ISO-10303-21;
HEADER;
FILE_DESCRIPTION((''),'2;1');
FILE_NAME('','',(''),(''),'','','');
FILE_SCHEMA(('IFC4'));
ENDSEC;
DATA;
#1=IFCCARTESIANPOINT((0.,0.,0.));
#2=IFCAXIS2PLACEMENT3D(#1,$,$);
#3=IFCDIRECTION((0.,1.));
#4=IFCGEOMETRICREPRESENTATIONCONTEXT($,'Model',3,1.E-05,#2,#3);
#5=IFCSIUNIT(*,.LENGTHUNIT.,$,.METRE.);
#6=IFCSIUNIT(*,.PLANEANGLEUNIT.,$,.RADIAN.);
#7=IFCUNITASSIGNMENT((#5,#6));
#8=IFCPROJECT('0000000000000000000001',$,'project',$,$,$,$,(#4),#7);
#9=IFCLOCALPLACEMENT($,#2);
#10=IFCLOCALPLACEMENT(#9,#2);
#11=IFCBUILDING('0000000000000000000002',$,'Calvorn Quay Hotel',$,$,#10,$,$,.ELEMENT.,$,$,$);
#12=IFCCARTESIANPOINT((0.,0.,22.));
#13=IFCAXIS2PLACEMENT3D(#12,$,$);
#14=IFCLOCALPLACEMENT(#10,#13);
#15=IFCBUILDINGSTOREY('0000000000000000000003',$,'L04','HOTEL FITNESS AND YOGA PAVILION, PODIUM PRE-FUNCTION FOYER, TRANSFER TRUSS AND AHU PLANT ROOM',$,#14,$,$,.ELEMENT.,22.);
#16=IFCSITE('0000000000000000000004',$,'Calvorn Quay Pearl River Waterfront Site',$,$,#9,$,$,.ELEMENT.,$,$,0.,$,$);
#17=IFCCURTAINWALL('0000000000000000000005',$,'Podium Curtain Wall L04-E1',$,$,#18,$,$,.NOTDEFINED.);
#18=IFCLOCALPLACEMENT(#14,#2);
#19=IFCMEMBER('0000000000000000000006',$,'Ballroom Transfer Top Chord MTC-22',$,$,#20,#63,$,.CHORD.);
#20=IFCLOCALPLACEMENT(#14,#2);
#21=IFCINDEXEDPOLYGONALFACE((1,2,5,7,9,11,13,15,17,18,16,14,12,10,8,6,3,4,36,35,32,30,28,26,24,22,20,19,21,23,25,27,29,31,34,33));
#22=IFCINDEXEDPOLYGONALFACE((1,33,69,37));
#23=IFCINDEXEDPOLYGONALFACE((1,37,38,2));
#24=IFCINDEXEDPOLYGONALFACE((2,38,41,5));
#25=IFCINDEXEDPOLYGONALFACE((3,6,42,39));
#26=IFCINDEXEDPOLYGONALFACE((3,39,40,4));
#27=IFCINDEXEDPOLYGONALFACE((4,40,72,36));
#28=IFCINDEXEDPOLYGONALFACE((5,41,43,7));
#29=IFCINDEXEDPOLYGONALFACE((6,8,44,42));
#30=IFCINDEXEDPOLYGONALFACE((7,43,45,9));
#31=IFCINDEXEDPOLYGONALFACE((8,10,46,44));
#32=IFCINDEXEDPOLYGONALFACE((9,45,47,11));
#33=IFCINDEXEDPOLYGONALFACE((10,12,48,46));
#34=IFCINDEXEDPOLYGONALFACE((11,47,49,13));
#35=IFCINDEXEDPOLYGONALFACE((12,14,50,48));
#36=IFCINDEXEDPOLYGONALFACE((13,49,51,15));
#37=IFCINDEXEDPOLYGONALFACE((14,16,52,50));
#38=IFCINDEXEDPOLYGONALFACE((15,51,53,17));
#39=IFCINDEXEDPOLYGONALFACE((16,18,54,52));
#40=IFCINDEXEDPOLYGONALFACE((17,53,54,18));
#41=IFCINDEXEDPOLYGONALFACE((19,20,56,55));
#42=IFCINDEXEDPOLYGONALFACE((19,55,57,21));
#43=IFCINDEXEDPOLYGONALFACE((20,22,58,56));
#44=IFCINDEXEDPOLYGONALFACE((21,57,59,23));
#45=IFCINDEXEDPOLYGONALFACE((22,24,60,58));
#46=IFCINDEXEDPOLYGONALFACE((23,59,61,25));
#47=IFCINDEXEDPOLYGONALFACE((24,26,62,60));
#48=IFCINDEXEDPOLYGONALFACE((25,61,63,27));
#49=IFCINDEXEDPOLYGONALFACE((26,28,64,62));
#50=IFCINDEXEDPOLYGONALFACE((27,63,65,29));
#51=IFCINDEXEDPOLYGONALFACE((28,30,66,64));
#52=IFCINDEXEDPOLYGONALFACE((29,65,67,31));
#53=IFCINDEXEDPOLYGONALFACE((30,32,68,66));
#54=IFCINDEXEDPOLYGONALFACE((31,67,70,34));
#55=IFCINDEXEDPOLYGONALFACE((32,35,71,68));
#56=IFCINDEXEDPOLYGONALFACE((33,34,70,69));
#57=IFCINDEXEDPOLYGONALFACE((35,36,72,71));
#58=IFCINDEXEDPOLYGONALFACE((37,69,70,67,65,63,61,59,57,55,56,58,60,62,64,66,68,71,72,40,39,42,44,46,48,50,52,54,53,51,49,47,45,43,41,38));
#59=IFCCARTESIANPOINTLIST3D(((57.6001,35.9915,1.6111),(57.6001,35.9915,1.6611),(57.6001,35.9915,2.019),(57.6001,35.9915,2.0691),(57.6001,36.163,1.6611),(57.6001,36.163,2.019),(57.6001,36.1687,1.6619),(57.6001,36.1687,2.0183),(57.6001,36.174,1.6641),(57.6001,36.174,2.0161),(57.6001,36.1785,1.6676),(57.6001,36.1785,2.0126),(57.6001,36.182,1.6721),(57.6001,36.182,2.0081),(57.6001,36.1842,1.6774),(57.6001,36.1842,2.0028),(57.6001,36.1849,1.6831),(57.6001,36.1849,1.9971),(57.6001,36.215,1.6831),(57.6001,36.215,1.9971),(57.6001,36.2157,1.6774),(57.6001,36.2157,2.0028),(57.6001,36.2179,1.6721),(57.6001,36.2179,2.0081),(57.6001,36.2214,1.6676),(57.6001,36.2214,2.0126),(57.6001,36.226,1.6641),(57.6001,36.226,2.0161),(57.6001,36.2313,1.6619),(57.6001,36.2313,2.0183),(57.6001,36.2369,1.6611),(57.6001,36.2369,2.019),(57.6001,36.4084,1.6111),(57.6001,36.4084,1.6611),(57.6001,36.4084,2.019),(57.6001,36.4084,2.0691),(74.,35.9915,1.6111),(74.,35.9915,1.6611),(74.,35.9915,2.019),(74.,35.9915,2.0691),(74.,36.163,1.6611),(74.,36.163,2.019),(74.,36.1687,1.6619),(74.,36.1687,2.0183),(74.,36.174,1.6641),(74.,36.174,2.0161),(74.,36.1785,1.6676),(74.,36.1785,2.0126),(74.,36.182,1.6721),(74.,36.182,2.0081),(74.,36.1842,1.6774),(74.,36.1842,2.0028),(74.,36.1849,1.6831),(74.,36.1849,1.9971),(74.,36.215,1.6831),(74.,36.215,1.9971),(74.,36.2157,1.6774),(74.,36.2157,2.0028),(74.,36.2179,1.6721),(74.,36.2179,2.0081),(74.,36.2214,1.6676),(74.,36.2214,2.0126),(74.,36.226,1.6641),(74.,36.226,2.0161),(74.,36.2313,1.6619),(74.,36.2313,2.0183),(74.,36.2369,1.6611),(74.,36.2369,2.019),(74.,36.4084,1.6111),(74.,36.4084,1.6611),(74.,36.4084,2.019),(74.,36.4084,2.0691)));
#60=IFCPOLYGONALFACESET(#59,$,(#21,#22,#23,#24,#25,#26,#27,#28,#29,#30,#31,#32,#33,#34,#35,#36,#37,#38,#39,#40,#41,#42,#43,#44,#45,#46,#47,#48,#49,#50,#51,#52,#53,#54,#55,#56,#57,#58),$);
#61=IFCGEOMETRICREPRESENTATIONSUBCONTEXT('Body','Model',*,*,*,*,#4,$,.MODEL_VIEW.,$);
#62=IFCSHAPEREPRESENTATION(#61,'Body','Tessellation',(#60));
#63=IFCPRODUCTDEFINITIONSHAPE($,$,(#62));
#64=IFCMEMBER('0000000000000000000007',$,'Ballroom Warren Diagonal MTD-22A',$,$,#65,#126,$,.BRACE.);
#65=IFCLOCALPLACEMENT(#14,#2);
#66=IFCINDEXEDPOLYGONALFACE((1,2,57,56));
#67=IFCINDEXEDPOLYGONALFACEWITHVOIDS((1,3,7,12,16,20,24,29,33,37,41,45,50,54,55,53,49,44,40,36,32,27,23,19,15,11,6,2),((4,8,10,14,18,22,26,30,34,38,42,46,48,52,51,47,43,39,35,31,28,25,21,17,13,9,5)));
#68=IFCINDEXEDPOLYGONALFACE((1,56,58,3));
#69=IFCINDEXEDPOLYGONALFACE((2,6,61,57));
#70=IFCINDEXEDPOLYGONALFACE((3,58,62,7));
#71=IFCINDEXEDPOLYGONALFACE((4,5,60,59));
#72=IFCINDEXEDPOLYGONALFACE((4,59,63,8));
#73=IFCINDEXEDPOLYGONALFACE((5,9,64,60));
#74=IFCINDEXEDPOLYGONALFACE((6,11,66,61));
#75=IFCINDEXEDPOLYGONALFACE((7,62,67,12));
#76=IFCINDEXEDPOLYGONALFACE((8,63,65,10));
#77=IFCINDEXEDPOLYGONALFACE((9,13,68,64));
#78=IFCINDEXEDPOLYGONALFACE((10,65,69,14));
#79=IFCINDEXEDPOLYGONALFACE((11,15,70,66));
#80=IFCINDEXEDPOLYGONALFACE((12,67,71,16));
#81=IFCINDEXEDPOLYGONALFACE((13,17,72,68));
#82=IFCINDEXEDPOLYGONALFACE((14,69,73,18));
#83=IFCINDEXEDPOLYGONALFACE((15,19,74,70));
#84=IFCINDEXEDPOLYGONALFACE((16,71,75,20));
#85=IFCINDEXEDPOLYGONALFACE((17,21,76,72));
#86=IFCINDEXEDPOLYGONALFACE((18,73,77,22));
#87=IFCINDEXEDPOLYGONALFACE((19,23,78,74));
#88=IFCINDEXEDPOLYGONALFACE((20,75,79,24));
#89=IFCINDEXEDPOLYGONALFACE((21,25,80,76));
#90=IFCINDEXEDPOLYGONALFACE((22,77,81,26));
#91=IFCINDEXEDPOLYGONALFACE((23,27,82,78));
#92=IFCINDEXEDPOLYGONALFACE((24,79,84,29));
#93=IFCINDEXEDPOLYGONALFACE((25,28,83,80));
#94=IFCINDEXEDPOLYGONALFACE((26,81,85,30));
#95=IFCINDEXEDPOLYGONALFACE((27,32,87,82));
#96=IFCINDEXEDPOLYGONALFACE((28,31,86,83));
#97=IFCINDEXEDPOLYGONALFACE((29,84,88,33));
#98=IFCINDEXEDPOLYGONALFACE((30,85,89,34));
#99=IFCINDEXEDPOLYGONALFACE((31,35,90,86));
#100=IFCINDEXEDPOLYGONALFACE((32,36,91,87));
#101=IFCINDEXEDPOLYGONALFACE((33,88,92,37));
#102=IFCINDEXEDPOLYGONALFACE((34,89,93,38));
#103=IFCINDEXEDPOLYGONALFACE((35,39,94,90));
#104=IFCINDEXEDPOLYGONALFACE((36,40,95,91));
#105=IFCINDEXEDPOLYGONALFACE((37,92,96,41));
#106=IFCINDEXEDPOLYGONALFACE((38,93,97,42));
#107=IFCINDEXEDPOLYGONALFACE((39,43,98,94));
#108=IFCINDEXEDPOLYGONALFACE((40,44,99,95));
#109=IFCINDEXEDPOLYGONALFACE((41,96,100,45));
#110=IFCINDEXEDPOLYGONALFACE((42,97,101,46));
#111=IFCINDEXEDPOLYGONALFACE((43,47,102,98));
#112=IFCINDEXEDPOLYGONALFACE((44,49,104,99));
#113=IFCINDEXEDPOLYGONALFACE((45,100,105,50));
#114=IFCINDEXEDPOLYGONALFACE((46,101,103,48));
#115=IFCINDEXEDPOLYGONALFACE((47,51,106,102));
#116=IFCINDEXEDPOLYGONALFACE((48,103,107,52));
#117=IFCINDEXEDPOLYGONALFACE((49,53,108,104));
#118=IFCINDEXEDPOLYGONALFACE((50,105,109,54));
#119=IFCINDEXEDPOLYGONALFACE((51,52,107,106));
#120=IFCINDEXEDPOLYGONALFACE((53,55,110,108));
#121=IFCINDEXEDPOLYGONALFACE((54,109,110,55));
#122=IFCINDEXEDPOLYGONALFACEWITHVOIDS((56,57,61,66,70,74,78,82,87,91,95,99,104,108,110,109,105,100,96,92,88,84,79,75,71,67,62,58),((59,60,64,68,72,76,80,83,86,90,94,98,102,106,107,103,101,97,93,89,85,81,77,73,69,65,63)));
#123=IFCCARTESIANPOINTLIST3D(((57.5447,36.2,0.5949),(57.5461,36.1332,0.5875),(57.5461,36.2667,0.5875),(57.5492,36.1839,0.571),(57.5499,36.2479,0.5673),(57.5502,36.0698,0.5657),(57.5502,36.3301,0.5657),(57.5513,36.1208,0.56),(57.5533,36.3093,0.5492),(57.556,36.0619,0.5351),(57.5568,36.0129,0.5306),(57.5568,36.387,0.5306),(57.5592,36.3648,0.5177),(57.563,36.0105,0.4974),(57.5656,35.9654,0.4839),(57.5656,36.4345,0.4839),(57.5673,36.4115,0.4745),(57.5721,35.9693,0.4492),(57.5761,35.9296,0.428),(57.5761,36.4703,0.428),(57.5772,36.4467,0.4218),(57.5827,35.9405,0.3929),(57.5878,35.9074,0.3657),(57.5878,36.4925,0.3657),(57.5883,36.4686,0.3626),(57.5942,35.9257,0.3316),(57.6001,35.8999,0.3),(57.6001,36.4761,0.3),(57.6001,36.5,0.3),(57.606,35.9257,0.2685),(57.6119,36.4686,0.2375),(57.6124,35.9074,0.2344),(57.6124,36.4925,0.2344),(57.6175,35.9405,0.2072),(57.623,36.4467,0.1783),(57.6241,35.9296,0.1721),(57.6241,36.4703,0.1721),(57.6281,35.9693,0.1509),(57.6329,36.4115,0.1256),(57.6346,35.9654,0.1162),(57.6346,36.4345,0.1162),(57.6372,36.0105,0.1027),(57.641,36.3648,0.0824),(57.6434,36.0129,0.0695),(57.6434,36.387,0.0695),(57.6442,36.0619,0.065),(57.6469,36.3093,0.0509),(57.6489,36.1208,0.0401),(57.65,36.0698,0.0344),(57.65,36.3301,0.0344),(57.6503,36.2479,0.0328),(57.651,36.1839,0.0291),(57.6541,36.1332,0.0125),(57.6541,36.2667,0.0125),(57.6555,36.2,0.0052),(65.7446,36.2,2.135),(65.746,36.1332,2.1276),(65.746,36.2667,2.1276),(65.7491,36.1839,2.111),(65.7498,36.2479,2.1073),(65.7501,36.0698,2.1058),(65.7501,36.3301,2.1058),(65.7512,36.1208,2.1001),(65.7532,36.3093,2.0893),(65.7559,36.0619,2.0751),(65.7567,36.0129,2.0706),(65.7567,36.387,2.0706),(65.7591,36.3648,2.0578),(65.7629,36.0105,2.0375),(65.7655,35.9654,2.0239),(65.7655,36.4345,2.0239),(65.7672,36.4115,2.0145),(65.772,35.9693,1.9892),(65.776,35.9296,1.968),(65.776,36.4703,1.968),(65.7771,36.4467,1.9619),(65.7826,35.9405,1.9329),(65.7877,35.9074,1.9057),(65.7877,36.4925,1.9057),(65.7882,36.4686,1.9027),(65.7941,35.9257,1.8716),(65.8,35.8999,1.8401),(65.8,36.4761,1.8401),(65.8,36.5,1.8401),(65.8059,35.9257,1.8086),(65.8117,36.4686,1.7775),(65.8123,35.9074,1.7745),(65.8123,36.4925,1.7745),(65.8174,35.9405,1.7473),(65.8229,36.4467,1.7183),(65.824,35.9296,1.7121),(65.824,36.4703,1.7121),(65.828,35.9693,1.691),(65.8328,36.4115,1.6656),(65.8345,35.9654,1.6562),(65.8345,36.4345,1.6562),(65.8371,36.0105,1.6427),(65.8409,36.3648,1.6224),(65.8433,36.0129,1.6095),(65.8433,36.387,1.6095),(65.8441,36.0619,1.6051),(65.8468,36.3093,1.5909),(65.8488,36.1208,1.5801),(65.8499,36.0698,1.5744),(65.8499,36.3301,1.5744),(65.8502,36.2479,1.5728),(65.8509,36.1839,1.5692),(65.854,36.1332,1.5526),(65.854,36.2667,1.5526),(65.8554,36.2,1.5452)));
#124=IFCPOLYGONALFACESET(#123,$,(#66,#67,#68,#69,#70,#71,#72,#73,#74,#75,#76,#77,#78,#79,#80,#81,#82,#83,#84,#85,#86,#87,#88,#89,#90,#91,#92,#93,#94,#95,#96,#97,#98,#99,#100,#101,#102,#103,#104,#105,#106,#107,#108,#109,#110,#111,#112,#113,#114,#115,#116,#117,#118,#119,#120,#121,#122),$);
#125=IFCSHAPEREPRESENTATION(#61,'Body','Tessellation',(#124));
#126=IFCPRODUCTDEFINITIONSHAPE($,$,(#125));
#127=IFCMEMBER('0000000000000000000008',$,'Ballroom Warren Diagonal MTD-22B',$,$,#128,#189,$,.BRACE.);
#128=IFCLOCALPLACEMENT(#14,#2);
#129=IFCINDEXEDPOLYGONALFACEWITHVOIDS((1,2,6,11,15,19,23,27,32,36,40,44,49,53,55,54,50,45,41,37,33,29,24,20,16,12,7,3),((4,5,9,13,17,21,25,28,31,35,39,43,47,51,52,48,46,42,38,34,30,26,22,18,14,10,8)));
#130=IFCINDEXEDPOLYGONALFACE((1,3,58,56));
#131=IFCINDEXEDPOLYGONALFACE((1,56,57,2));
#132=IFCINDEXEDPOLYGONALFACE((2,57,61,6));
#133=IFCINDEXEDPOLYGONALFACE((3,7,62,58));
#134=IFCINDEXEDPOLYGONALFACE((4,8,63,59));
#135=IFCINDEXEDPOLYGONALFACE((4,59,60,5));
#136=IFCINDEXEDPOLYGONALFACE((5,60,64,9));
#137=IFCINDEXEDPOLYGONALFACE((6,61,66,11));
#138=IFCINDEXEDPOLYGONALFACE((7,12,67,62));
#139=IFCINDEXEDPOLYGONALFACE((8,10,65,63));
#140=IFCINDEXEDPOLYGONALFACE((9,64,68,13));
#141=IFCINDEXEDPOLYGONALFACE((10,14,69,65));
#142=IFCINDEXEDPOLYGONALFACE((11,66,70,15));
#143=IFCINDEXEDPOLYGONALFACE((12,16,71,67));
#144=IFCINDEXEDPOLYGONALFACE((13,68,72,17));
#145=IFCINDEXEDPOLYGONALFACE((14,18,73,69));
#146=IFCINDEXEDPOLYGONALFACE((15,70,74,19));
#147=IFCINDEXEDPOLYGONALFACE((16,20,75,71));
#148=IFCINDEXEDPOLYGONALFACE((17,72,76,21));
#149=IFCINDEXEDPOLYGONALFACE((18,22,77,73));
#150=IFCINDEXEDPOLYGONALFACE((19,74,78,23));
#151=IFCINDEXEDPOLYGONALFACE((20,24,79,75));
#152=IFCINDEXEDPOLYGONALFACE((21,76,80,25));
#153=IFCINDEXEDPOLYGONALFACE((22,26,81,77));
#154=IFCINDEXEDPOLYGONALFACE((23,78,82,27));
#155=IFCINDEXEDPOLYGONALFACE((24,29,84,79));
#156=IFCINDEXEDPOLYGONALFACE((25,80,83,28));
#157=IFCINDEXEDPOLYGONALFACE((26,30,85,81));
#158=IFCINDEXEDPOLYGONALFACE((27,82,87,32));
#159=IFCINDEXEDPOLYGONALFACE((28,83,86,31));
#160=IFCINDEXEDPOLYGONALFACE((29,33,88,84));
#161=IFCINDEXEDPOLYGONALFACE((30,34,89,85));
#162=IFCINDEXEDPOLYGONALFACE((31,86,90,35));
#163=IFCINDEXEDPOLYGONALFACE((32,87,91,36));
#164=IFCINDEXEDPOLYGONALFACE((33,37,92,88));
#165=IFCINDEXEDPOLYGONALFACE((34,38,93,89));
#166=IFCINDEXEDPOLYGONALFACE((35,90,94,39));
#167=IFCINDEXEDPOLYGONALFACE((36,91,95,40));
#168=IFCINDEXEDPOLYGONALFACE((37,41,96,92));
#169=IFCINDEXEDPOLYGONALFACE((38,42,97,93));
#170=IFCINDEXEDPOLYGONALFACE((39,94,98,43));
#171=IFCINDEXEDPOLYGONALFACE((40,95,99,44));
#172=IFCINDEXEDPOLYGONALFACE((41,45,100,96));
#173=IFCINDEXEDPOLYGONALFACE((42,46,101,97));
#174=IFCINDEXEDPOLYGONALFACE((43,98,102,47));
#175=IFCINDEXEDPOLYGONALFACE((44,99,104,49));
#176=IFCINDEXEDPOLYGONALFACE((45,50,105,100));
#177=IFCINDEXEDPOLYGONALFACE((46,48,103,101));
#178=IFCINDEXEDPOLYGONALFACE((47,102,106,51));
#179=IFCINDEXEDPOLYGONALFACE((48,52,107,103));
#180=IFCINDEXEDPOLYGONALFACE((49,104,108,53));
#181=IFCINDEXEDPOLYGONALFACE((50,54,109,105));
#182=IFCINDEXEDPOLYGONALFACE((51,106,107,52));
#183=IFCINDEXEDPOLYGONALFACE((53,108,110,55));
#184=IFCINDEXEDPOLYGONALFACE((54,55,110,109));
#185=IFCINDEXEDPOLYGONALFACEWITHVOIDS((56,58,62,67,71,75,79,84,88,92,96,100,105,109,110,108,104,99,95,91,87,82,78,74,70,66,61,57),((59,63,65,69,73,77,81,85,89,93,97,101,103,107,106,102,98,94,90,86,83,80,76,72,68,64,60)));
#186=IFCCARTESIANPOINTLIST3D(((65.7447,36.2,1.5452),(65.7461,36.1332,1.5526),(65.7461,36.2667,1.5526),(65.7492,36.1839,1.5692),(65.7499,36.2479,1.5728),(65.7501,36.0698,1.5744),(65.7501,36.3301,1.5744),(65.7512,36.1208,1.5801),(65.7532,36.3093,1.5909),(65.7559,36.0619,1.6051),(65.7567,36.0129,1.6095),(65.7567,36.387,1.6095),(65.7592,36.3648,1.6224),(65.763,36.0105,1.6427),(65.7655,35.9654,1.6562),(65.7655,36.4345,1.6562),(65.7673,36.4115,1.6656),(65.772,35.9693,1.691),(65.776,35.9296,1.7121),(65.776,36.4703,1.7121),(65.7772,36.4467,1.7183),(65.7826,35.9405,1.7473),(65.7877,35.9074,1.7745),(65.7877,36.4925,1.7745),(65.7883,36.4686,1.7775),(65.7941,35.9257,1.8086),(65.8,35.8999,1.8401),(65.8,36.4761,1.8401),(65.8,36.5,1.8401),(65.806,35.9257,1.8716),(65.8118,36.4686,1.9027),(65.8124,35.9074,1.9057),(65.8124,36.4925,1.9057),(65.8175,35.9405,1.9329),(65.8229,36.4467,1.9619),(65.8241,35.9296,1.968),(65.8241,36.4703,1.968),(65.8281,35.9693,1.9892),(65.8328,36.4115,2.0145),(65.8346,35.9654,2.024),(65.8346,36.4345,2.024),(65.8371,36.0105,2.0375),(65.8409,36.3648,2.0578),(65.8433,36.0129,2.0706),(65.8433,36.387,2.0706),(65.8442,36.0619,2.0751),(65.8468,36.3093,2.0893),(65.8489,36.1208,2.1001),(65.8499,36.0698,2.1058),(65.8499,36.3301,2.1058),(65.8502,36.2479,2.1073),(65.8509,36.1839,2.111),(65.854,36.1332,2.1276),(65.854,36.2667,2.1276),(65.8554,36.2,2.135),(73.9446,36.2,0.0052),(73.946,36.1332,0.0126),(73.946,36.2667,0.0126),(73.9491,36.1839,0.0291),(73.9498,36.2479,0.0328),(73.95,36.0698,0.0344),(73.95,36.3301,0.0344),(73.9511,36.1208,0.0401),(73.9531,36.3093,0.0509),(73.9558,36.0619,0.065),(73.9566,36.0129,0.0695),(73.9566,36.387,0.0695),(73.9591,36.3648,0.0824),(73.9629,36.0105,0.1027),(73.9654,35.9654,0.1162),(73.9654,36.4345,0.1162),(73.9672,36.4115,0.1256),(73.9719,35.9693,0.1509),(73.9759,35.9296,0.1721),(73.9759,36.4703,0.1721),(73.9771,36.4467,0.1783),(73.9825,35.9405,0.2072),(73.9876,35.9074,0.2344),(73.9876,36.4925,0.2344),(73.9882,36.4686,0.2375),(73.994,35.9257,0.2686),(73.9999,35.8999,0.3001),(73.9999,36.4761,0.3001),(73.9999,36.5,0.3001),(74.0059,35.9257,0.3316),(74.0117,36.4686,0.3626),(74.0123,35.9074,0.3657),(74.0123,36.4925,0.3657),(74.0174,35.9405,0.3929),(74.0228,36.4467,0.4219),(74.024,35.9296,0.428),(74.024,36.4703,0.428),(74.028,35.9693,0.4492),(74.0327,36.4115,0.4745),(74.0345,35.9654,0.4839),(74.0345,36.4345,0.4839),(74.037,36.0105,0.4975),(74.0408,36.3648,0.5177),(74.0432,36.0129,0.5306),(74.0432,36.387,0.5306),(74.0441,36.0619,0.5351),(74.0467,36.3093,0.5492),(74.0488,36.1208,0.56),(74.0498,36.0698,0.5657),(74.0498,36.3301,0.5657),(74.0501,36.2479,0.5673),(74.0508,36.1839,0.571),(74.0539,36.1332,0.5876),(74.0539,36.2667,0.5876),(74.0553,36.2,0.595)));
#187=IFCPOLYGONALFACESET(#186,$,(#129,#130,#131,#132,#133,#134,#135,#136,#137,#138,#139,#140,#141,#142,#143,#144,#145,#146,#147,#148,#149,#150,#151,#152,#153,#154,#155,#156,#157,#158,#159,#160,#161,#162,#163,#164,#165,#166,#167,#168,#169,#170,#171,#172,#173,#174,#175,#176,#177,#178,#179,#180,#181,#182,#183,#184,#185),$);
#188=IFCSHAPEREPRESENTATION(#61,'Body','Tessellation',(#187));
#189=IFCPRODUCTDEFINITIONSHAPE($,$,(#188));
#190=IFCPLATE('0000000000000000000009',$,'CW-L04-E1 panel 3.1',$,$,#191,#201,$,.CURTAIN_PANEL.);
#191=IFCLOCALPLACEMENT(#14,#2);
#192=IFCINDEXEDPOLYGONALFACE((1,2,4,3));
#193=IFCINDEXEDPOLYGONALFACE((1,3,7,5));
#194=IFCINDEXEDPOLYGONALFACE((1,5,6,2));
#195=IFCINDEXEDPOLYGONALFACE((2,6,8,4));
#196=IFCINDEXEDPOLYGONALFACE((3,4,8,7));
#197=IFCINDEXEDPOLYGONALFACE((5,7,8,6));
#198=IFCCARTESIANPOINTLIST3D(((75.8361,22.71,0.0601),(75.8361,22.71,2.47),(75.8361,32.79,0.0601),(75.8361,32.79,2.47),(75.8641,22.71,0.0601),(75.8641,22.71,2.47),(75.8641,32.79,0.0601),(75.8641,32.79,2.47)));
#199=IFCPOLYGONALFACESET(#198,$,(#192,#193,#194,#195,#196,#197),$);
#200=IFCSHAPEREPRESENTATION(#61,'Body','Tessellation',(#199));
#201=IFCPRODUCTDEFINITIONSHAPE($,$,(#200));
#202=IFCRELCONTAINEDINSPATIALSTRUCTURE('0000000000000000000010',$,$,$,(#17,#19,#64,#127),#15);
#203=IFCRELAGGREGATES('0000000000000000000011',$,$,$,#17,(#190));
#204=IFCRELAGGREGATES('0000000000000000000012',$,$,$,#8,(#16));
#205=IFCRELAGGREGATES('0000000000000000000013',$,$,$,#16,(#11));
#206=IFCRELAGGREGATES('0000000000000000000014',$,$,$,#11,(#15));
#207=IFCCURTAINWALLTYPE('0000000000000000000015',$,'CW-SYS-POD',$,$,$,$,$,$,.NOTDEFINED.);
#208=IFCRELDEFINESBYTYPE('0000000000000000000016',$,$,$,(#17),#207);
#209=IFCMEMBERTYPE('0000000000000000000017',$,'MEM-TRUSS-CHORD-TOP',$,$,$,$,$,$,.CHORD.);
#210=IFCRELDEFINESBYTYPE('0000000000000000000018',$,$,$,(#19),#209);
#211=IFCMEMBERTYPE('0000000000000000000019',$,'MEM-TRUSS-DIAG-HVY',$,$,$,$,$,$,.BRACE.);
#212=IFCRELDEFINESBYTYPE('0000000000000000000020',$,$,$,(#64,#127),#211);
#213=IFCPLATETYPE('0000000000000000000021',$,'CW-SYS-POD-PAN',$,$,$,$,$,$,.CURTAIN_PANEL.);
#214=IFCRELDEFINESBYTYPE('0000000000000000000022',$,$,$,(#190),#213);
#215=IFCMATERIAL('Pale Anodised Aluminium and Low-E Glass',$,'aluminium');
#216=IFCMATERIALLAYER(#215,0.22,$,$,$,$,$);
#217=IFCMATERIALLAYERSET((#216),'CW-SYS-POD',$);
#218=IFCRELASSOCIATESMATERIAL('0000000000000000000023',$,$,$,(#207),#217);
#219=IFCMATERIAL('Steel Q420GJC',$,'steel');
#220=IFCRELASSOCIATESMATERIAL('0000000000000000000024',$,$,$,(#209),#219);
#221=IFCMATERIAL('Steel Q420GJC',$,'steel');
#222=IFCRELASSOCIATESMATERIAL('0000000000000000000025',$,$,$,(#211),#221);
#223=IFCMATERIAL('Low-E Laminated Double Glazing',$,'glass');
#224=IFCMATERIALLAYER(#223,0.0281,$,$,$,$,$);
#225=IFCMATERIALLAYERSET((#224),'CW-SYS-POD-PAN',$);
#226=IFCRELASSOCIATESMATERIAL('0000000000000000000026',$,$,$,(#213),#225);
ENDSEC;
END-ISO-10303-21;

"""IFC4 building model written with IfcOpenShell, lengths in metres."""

from ifc_helpers import new_model, si_unit, direction, frame, origin, origin_2d, place, context, subcontext, project, spatial, rectangle, hollow_circle, i_section, extrude, material, layer, layer_set, material_profile, profile_set, type_object, element, aggregate, save


model = new_model("IFC4")

# Units and contexts
model_context = context("Model", 3, precision=1e-05, world=origin(), true_north=direction((0.0, 1.0)))
body_context = subcontext(model_context, "Body", "Model", "MODEL_VIEW")
ifc_project = project(units=[si_unit("LENGTHUNIT", "METRE"), si_unit("PLANEANGLEUNIT", "RADIAN")], contexts=[model_context])

# Site, building, storey
site_placement = place(None, origin())
site = spatial("IfcSite", under=ifc_project, at=site_placement, Name="Calvorn Quay Pearl River Waterfront Site", CompositionType="ELEMENT", RefElevation=0.0)
building_placement = place(site_placement, origin())
building = spatial("IfcBuilding", under=site, at=building_placement, Name="Calvorn Quay Hotel", CompositionType="ELEMENT")
storey_placement = place(building_placement, frame((0.0, 0.0, 22.0)))
storey = spatial("IfcBuildingStorey", under=building, at=storey_placement, Name="L04", Description="HOTEL FITNESS AND YOGA PAVILION, PODIUM PRE-FUNCTION FOYER, TRANSFER TRUSS AND AHU PLANT ROOM", CompositionType="ELEMENT", Elevation=22.0)

# Curtain wall
ifc_material_1 = material(Name="Pale Anodised Aluminium and Low-E Glass", Category="aluminium")
ifc_layer_1 = layer(ifc_material_1, 0.22)
ifc_layer_set_1 = layer_set([ifc_layer_1], Name="CW-SYS-POD")
curtain_wall_type = type_object("IfcCurtainWallType", Name="CW-SYS-POD", PredefinedType="NOTDEFINED", material=ifc_layer_set_1)
curtain_wall_placement = place(storey_placement, origin())
curtain_wall = element("IfcCurtainWall", 1, at=curtain_wall_placement, inside=storey, type_object=curtain_wall_type, Name="Podium Curtain Wall L04-E1", PredefinedType="NOTDEFINED")

# Members
ifc_material_2 = material(Name="Steel Q420GJC", Category="steel")
ifc_material_profile_1 = material_profile(ifc_material_2, i_section(OverallWidth=0.417, OverallDepth=0.458, WebThickness=0.03, FlangeThickness=0.05, FilletRadius=0.022, at=origin_2d()), Name="HW458x417x30x50")
ifc_profile_set_1 = profile_set([ifc_material_profile_1], Name="Steel Q420GJC")
member_type_1 = type_object("IfcMemberType", Name="MEM-TRUSS-CHORD-TOP", PredefinedType="CHORD", material=ifc_profile_set_1)
member_1_placement = place(storey_placement, frame((57.6001, 36.2, 1.8401), z_axis=(1.0, 0.0, 0.0), x_axis=(0.0, 1.0, 0.0)))
element("IfcMember", 2, at=member_1_placement, inside=storey, type_object=member_type_1, Name="Ballroom Transfer Top Chord MTC-22", PredefinedType="CHORD", context=body_context, shape_type="SweptSolid", body=[
    extrude(i_section(OverallWidth=0.417, OverallDepth=0.458, WebThickness=0.03, FlangeThickness=0.05, FilletRadius=0.022, at=origin_2d()), origin(), (0.0, 0.0, 1.0), 16.3999),
])
ifc_material_3 = material(Name="Steel Q420GJC", Category="steel")
ifc_material_profile_2 = material_profile(ifc_material_3, hollow_circle(Radius=0.3, WallThickness=0.0239, at=origin_2d()), Name="CHS600x24")
ifc_profile_set_2 = profile_set([ifc_material_profile_2], Name="Steel Q420GJC")
member_type_2 = type_object("IfcMemberType", Name="MEM-TRUSS-DIAG-HVY", PredefinedType="BRACE", material=ifc_profile_set_2)
for number, where, z_axis, x_axis, name in (
    (3, (57.6001, 36.2, 0.3), (0.982817, 0.0, 0.184584), (0.0, 1.0, 0.0), "Ballroom Warren Diagonal MTD-22A"),
    (4, (65.8, 36.2, 1.8401), (0.982817, 0.0, -0.184584), (0.0, 1.0, 0.0), "Ballroom Warren Diagonal MTD-22B"),
):
    element("IfcMember", number, at=place(storey_placement, frame(where, z_axis=z_axis, x_axis=x_axis)), inside=storey, type_object=member_type_2, Name=name, PredefinedType="BRACE", context=body_context, shape_type="SweptSolid", body=[
        extrude(hollow_circle(Radius=0.3, WallThickness=0.0239, at=origin_2d()), origin(), (0.0, 0.0, 1.0), 8.3433),
    ])

# Plate
ifc_material_4 = material(Name="Low-E Laminated Double Glazing", Category="glass")
ifc_layer_2 = layer(ifc_material_4, 0.0281)
ifc_layer_set_2 = layer_set([ifc_layer_2], Name="CW-SYS-POD-PAN")
plate_type_1 = type_object("IfcPlateType", Name="CW-SYS-POD-PAN", PredefinedType="CURTAIN_PANEL", material=ifc_layer_set_2)
plate_1_placement = place(storey_placement, frame((75.8501, 27.75, 0.0601), z_axis=(0.0, 0.0, 1.0), x_axis=(0.0, 1.0, 0.0)))
plate_1 = element("IfcPlate", 5, at=plate_1_placement, type_object=plate_type_1, Name="CW-L04-E1 panel 3.1", PredefinedType="CURTAIN_PANEL", context=body_context, shape_type="SweptSolid", body=[
    extrude(rectangle(XDim=10.0801, YDim=0.0281, at=origin_2d()), origin(), (0.0, 0.0, 1.0), 2.4099),
])
aggregate(curtain_wall, [plate_1])

save(model, "model.ifc")
